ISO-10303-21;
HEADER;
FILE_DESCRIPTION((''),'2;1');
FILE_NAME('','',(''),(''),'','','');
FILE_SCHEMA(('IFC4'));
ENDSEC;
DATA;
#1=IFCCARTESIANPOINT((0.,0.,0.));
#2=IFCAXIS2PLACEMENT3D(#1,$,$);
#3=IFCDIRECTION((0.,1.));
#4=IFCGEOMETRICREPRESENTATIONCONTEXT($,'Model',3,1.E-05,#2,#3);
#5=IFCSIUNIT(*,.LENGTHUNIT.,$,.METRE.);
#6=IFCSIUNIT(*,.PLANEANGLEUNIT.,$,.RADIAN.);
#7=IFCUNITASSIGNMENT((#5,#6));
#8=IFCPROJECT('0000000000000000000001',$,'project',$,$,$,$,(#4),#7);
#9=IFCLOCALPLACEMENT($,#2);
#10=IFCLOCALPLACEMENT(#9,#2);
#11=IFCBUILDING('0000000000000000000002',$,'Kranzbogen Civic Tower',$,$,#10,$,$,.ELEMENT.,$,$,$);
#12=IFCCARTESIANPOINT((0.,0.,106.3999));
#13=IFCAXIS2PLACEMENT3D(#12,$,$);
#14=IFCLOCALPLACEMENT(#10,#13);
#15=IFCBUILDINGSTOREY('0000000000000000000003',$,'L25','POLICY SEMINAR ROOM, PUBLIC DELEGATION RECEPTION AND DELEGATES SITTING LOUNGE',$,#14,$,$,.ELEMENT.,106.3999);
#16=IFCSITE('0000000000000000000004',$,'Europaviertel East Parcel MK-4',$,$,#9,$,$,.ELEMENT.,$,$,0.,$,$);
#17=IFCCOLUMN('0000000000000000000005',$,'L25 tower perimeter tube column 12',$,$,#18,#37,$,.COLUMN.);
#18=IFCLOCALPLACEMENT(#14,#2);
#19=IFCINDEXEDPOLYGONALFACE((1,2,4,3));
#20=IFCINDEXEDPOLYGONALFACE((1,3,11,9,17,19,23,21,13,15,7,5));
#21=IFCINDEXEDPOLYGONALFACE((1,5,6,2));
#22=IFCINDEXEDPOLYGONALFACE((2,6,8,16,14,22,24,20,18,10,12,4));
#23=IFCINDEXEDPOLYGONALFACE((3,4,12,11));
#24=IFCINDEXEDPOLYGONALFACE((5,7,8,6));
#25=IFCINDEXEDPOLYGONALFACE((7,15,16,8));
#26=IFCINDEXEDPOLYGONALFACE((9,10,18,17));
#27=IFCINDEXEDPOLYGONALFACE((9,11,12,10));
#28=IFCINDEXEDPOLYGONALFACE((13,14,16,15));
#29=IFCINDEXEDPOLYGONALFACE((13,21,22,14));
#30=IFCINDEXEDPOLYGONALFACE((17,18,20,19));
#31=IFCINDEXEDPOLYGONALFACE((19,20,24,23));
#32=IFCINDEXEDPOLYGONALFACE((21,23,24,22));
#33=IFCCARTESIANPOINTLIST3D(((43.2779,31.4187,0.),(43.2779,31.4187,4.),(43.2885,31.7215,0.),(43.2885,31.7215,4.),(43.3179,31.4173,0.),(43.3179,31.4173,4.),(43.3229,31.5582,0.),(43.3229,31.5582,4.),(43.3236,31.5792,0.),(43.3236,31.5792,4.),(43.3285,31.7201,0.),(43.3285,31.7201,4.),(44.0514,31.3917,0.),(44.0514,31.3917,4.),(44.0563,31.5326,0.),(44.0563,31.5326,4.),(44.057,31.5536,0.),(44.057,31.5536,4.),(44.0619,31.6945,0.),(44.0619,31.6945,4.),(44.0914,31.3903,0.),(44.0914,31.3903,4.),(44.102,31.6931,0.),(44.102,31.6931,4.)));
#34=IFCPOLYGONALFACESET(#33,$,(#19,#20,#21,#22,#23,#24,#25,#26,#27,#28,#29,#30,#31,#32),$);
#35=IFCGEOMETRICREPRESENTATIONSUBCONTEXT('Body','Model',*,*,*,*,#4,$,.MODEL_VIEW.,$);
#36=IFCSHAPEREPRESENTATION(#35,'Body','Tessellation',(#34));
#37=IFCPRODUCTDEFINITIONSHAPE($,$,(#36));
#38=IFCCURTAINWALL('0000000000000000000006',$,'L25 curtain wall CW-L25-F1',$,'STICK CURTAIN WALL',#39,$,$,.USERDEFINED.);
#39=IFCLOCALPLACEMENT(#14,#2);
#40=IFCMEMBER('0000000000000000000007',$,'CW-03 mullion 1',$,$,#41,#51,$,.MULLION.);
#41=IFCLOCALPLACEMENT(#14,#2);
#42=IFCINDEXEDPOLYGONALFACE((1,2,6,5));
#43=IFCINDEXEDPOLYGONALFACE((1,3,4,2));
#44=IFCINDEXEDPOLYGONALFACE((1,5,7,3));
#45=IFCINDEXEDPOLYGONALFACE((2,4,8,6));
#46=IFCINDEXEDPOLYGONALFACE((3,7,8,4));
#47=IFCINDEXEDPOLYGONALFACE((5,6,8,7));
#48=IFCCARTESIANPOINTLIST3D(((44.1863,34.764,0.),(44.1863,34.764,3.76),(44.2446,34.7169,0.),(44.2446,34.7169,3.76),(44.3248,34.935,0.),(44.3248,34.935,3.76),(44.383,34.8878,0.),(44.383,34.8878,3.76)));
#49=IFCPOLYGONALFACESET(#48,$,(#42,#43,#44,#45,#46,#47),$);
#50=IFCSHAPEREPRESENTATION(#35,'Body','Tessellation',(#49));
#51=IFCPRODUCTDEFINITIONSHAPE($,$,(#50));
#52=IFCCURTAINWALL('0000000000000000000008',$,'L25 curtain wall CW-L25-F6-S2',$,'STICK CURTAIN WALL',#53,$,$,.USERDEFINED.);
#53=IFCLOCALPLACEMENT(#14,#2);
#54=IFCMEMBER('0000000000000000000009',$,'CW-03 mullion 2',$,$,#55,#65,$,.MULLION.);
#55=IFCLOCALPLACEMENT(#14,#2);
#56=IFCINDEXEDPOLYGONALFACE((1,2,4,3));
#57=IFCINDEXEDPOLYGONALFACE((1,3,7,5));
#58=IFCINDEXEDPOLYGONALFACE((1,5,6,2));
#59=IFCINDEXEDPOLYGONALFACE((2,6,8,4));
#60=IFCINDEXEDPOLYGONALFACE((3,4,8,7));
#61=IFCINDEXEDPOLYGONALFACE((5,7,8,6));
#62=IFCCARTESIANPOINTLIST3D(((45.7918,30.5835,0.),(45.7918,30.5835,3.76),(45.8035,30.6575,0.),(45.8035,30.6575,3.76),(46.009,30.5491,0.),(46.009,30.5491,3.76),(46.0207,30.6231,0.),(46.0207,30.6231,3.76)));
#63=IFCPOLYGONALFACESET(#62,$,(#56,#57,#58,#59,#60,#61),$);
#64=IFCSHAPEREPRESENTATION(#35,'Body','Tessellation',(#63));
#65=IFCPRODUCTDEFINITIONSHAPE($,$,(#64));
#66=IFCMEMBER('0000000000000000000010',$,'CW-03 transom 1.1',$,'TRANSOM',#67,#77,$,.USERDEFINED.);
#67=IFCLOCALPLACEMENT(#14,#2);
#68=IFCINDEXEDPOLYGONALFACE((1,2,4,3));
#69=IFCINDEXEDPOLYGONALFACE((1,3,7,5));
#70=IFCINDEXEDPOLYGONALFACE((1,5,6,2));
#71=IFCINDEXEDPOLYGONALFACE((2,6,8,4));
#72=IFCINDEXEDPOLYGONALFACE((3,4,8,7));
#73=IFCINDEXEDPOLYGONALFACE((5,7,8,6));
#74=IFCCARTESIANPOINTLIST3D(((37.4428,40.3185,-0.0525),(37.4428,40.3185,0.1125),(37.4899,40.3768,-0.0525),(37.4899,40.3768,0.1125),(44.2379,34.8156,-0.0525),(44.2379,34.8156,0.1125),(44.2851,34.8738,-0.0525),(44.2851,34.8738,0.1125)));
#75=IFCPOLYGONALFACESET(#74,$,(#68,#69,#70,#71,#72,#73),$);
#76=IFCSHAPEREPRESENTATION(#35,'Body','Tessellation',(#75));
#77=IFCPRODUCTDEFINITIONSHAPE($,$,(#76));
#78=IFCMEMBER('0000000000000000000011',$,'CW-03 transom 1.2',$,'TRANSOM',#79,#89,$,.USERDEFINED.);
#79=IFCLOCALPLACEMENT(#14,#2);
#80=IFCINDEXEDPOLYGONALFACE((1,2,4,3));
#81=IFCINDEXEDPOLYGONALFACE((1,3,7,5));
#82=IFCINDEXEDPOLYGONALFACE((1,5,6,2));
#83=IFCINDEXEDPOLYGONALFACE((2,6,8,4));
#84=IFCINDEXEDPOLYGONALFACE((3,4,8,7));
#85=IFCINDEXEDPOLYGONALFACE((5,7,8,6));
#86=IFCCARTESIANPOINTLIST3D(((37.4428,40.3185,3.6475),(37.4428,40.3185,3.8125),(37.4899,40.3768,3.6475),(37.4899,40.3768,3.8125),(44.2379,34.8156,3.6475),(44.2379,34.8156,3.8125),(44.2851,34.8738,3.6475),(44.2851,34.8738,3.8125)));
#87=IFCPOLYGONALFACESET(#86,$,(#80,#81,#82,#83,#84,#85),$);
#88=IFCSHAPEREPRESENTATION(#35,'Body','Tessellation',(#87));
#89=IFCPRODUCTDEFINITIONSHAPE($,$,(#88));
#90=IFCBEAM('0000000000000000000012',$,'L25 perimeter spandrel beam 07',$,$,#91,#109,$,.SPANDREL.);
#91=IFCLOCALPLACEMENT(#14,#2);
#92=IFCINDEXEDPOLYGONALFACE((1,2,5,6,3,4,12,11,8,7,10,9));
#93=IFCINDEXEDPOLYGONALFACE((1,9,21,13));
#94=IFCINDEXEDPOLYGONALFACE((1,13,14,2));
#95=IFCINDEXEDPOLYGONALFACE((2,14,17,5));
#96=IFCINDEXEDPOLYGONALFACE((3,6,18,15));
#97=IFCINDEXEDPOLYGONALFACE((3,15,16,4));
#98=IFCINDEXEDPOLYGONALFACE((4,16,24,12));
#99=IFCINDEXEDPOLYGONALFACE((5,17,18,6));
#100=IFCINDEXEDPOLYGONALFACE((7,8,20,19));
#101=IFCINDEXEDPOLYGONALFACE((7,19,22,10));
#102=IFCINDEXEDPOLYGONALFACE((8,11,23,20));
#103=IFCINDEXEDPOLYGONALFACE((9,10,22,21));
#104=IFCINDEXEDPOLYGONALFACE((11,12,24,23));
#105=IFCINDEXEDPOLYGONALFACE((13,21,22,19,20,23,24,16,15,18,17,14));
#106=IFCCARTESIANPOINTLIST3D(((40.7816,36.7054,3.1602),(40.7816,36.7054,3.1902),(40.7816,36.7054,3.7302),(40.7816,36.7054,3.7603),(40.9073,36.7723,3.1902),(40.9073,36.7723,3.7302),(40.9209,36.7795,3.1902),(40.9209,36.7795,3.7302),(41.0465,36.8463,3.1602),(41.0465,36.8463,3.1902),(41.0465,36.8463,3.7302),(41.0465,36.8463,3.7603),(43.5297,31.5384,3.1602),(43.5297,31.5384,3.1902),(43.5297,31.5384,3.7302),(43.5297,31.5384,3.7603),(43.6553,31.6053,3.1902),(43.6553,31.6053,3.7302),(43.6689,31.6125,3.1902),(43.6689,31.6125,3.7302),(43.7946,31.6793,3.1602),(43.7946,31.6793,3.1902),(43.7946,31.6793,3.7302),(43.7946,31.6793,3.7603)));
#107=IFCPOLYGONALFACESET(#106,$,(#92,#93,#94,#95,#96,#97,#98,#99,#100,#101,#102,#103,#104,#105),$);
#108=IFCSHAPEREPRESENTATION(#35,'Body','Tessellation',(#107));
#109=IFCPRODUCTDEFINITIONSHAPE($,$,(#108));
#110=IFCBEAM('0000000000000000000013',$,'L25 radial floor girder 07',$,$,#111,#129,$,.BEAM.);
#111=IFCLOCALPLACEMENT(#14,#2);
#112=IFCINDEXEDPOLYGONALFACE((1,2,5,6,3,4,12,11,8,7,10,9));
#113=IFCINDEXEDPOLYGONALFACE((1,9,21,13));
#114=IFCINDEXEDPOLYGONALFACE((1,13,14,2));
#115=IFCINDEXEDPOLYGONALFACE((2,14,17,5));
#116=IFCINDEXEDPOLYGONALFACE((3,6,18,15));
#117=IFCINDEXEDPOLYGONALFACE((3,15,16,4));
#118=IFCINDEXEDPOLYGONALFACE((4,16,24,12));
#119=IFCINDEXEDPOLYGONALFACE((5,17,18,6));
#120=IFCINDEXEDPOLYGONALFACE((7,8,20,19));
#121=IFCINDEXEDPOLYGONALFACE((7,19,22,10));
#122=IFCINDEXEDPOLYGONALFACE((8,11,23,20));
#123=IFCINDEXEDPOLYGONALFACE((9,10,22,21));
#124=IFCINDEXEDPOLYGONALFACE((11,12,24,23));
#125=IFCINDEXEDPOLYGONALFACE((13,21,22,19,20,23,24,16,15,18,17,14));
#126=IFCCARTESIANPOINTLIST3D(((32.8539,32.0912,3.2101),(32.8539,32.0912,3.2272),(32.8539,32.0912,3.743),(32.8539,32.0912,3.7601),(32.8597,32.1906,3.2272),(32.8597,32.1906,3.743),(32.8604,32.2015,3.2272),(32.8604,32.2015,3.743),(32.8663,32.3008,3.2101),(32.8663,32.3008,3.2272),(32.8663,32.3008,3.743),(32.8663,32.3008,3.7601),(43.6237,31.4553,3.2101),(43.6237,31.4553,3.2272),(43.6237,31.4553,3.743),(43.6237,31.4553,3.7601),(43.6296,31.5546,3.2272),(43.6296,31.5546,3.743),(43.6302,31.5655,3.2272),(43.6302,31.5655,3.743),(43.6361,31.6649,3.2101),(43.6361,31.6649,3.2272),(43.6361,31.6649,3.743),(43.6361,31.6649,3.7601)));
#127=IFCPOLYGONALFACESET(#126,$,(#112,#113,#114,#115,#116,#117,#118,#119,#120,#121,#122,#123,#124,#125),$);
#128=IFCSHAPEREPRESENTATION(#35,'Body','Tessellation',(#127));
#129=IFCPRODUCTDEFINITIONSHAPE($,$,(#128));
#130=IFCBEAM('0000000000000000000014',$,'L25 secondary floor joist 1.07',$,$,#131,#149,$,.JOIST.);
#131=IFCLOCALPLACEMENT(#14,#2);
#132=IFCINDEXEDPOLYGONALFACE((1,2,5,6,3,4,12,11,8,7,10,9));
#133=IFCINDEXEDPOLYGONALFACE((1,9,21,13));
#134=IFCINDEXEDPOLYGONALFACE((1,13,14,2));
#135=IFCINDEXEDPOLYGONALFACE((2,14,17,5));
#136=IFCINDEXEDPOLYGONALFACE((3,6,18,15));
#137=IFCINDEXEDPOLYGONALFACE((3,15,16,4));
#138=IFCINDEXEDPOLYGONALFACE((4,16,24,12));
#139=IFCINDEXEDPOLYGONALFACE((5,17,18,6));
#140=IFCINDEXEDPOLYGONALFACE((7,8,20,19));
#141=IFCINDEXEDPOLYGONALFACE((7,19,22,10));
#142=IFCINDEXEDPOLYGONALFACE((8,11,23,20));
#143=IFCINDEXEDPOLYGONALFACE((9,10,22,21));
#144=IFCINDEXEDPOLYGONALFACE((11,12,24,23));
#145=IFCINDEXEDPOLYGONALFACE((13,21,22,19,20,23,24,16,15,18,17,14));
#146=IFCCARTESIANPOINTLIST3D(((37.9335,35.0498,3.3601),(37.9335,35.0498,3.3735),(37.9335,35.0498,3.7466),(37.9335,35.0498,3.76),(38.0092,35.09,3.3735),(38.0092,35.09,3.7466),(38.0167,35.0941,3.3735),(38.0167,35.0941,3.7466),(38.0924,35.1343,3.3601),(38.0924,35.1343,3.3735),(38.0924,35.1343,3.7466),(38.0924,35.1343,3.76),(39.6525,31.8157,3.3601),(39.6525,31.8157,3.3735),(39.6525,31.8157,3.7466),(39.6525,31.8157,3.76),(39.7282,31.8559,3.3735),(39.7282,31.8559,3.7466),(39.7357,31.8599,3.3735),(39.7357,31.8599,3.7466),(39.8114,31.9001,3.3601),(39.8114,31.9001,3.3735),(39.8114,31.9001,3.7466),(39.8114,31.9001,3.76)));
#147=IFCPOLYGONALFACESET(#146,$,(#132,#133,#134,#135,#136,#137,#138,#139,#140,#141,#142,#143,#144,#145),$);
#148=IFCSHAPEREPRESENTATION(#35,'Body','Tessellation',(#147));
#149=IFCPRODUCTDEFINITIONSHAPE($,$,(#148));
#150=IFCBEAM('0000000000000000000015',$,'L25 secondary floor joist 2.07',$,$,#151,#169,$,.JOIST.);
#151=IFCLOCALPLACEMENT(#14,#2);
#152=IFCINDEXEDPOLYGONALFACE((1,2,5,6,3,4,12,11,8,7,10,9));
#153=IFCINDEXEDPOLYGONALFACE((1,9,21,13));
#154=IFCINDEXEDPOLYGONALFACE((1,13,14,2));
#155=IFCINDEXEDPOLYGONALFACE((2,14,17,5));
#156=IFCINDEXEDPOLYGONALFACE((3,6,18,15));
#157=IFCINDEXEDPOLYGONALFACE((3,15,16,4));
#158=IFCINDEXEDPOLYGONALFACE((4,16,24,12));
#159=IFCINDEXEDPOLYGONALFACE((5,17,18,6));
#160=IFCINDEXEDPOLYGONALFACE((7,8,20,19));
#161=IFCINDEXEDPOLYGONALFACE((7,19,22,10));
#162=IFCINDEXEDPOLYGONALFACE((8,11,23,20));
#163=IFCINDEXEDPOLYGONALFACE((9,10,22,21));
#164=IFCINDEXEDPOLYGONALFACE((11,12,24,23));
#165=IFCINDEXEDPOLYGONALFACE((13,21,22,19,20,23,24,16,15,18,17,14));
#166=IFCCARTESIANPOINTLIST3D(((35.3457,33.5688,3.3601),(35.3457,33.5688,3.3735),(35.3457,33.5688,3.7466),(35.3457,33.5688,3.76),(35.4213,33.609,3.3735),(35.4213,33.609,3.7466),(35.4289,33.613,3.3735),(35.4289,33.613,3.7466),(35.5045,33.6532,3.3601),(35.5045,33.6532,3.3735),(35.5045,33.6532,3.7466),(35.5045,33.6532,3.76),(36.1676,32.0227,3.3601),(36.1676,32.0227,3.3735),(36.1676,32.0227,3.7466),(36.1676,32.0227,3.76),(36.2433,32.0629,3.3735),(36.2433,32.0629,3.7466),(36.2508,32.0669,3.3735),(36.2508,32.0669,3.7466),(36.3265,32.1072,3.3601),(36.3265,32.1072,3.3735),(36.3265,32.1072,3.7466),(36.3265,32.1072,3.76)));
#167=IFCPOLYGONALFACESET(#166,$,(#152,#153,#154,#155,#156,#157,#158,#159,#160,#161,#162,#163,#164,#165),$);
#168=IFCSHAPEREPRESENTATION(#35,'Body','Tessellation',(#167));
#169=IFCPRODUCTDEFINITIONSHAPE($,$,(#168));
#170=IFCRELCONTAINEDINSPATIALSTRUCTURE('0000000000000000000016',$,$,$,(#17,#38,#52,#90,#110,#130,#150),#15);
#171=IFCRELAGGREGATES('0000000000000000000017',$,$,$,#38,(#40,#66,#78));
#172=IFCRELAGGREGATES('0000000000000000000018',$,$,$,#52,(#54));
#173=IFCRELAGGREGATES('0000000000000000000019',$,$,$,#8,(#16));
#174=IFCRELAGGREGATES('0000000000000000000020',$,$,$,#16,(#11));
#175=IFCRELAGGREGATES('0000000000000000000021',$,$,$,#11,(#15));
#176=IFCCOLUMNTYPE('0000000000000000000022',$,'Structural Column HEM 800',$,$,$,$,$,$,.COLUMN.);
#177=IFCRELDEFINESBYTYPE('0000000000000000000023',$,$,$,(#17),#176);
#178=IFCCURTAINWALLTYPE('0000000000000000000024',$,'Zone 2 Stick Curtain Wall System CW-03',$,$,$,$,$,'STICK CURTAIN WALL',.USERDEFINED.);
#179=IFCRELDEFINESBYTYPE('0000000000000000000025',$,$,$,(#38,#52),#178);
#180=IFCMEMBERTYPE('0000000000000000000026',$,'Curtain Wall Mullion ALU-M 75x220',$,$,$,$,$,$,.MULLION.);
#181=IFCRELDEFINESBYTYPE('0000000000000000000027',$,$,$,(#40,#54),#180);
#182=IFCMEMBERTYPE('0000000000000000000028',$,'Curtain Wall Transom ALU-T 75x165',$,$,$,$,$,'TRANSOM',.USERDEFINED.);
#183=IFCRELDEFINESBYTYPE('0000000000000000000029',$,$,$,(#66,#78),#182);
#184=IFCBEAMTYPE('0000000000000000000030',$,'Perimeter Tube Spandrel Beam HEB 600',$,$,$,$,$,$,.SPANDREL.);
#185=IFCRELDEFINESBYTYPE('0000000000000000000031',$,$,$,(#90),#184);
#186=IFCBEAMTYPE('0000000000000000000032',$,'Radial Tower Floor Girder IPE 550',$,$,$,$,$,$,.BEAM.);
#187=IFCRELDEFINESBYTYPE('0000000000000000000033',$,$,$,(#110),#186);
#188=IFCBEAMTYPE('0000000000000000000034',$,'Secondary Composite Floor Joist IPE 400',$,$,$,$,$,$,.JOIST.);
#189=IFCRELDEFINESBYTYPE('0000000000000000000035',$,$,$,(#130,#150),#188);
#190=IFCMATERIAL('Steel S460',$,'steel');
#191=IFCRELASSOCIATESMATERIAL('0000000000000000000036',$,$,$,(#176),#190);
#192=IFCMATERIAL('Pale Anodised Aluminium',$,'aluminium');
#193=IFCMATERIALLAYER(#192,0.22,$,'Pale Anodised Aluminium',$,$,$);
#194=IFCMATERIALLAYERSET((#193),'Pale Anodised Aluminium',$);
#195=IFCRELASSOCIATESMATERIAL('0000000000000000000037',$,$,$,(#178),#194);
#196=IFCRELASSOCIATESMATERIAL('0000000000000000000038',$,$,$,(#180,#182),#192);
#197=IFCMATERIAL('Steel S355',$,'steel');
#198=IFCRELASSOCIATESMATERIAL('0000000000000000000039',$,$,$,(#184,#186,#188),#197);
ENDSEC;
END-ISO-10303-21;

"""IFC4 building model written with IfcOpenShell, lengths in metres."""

from ifc_helpers import new_model, si_unit, direction, frame, origin, origin_2d, place, context, subcontext, project, spatial, rectangle, i_section, extrude, material, layer, layer_set, material_profile, profile_set, type_object, element, aggregate, save


model = new_model("IFC4")

# Units and contexts
model_context = context("Model", 3, precision=1e-05, world=origin(), true_north=direction((0.0, 1.0)))
body_context = subcontext(model_context, "Body", "Model", "MODEL_VIEW")
ifc_project = project(units=[si_unit("LENGTHUNIT", "METRE"), si_unit("PLANEANGLEUNIT", "RADIAN")], contexts=[model_context])

# Site, building, storey
site_placement = place(None, origin())
site = spatial("IfcSite", under=ifc_project, at=site_placement, Name="Europaviertel East Parcel MK-4", CompositionType="ELEMENT", RefElevation=0.0)
building_placement = place(site_placement, origin())
building = spatial("IfcBuilding", under=site, at=building_placement, Name="Kranzbogen Civic Tower", CompositionType="ELEMENT")
storey_placement = place(building_placement, frame((0.0, 0.0, 106.3999)))
storey = spatial("IfcBuildingStorey", under=building, at=storey_placement, Name="L25", Description="POLICY SEMINAR ROOM, PUBLIC DELEGATION RECEPTION AND DELEGATES SITTING LOUNGE", CompositionType="ELEMENT", Elevation=106.3999)

# Column
ifc_material_1 = material(Name="Steel S460", Category="steel")
ifc_material_profile_1 = material_profile(ifc_material_1, i_section(OverallWidth=0.303, OverallDepth=0.814, WebThickness=0.021, FlangeThickness=0.04, at=origin_2d()), Name="HEM 800")
ifc_profile_set_1 = profile_set([ifc_material_profile_1], Name="Steel S460")
column_type = type_object("IfcColumnType", Name="Structural Column HEM 800", PredefinedType="COLUMN", material=ifc_profile_set_1)
column_placement = place(storey_placement, frame((43.6899, 31.5559, 0.0), z_axis=(0.0, 0.0, 1.0), x_axis=(0.034899, 0.999391, 0.0)))
element("IfcColumn", 1, at=column_placement, inside=storey, type_object=column_type, Name="L25 tower perimeter tube column 12", PredefinedType="COLUMN", context=body_context, shape_type="SweptSolid", body=[
    extrude(i_section(OverallWidth=0.303, OverallDepth=0.814, WebThickness=0.021, FlangeThickness=0.04, at=origin_2d()), origin(), (0.0, 0.0, 1.0), 4.0),
])

# Curtain walls, members
ifc_material_2 = material(Name="Pale Anodised Aluminium", Category="aluminium")
ifc_layer_1 = layer(ifc_material_2, 0.22, Name="Pale Anodised Aluminium")
ifc_layer_set_1 = layer_set([ifc_layer_1], Name="Pale Anodised Aluminium")
curtain_wall_type = type_object("IfcCurtainWallType", Name="Zone 2 Stick Curtain Wall System CW-03", ElementType="STICK CURTAIN WALL", PredefinedType="USERDEFINED", material=ifc_layer_set_1)
curtain_wall_1_placement = place(storey_placement, origin())
curtain_wall_1 = element("IfcCurtainWall", 2, at=curtain_wall_1_placement, inside=storey, type_object=curtain_wall_type, Name="L25 curtain wall CW-L25-F1", ObjectType="STICK CURTAIN WALL", PredefinedType="USERDEFINED")
ifc_material_profile_2 = material_profile(ifc_material_2, rectangle(XDim=0.075, YDim=0.22, at=origin_2d()), Name="ALU-M 75x220")
ifc_profile_set_2 = profile_set([ifc_material_profile_2], Name="Pale Anodised Aluminium")
member_type_1 = type_object("IfcMemberType", Name="Curtain Wall Mullion ALU-M 75x220", PredefinedType="MULLION", material=ifc_profile_set_2)
member_1_placement = place(storey_placement, frame((44.2847, 34.8259, 0.0), z_axis=(0.0, 0.0, 1.0), x_axis=(-0.777128, 0.629343, 0.0)))
member_1 = element("IfcMember", 3, at=member_1_placement, type_object=member_type_1, Name="CW-03 mullion 1", PredefinedType="MULLION", context=body_context, shape_type="SweptSolid", body=[
    extrude(rectangle(XDim=0.075, YDim=0.22, at=origin_2d()), origin(), (0.0, 0.0, 1.0), 3.76),
])
curtain_wall_2_placement = place(storey_placement, origin())
curtain_wall_2 = element("IfcCurtainWall", 4, at=curtain_wall_2_placement, inside=storey, type_object=curtain_wall_type, Name="L25 curtain wall CW-L25-F6-S2", ObjectType="STICK CURTAIN WALL", PredefinedType="USERDEFINED")
member_2_placement = place(storey_placement, frame((45.9062, 30.6033, 0.0), z_axis=(0.0, 0.0, 1.0), x_axis=(0.156386, 0.987696, 0.0)))
member_2 = element("IfcMember", 5, at=member_2_placement, type_object=member_type_1, Name="CW-03 mullion 2", PredefinedType="MULLION", context=body_context, shape_type="SweptSolid", body=[
    extrude(rectangle(XDim=0.075, YDim=0.22, at=origin_2d()), origin(), (0.0, 0.0, 1.0), 3.76),
])

# Members
ifc_material_profile_3 = material_profile(ifc_material_2, rectangle(XDim=0.075, YDim=0.165, at=origin_2d()), Name="ALU-T 75x165")
ifc_profile_set_3 = profile_set([ifc_material_profile_3], Name="Pale Anodised Aluminium")
member_type_2 = type_object("IfcMemberType", Name="Curtain Wall Transom ALU-T 75x165", ElementType="TRANSOM", PredefinedType="USERDEFINED", material=ifc_profile_set_3)
member_3_placement = place(storey_placement, frame((44.2615, 34.8447, 0.03), z_axis=(-0.777128, 0.629342, 0.0), x_axis=(-0.629342, -0.777128, 0.0)))
member_3 = element("IfcMember", 6, at=member_3_placement, type_object=member_type_2, Name="CW-03 transom 1.1", ObjectType="TRANSOM", PredefinedType="USERDEFINED", context=body_context, shape_type="SweptSolid", body=[
    extrude(rectangle(XDim=0.075, YDim=0.165, at=origin_2d()), origin(), (0.0, 0.0, 1.0), 8.7439),
])
member_4_placement = place(storey_placement, frame((44.2615, 34.8447, 3.73), z_axis=(-0.777128, 0.629342, 0.0), x_axis=(-0.629342, -0.777128, 0.0)))
member_4 = element("IfcMember", 7, at=member_4_placement, type_object=member_type_2, Name="CW-03 transom 1.2", ObjectType="TRANSOM", PredefinedType="USERDEFINED", context=body_context, shape_type="SweptSolid", body=[
    extrude(rectangle(XDim=0.075, YDim=0.165, at=origin_2d()), origin(), (0.0, 0.0, 1.0), 8.7439),
])
aggregate(curtain_wall_1, [member_1, member_3, member_4])

# Beams
ifc_material_3 = material(Name="Steel S355", Category="steel")
ifc_material_profile_4 = material_profile(ifc_material_3, i_section(OverallWidth=0.3, OverallDepth=0.6001, WebThickness=0.0154, FlangeThickness=0.03, at=origin_2d()), Name="HEB 600")
ifc_profile_set_4 = profile_set([ifc_material_profile_4], Name="Steel S355")
beam_type_1 = type_object("IfcBeamType", Name="Perimeter Tube Spandrel Beam HEB 600", PredefinedType="SPANDREL", material=ifc_profile_set_4)
beam_1_placement = place(storey_placement, frame((43.6621, 31.6089, 3.4602), z_axis=(-0.469566, 0.882897, 0.0), x_axis=(-0.882897, -0.469566, 0.0)))
element("IfcBeam", 8, at=beam_1_placement, inside=storey, type_object=beam_type_1, Name="L25 perimeter spandrel beam 07", PredefinedType="SPANDREL", context=body_context, shape_type="SweptSolid", body=[
    extrude(i_section(OverallWidth=0.3, OverallDepth=0.6001, WebThickness=0.0154, FlangeThickness=0.03, at=origin_2d()), origin(), (0.0, 0.0, 1.0), 5.8523),
])
ifc_material_profile_5 = material_profile(ifc_material_3, i_section(OverallWidth=0.21, OverallDepth=0.55, WebThickness=0.011, FlangeThickness=0.0171, at=origin_2d()), Name="IPE 550")
ifc_profile_set_5 = profile_set([ifc_material_profile_5], Name="Steel S355")
beam_type_2 = type_object("IfcBeamType", Name="Radial Tower Floor Girder IPE 550", PredefinedType="BEAM", material=ifc_profile_set_5)
beam_2_placement = place(storey_placement, frame((43.6299, 31.5601, 3.4851), z_axis=(-0.998261, 0.05895, 0.0), x_axis=(-0.05895, -0.998261, 0.0)))
element("IfcBeam", 9, at=beam_2_placement, inside=storey, type_object=beam_type_2, Name="L25 radial floor girder 07", PredefinedType="BEAM", context=body_context, shape_type="SweptSolid", body=[
    extrude(i_section(OverallWidth=0.21, OverallDepth=0.55, WebThickness=0.011, FlangeThickness=0.0171, at=origin_2d()), origin(), (0.0, 0.0, 1.0), 10.7886),
])
ifc_material_profile_6 = material_profile(ifc_material_3, i_section(OverallWidth=0.1799, OverallDepth=0.3999, WebThickness=0.0085, FlangeThickness=0.0134, at=origin_2d()), Name="IPE 400")
ifc_profile_set_6 = profile_set([ifc_material_profile_6], Name="Steel S355")
beam_type_3 = type_object("IfcBeamType", Name="Secondary Composite Floor Joist IPE 400", PredefinedType="JOIST", material=ifc_profile_set_6)
beam_3_placement = place(storey_placement, frame((39.7319, 31.8579, 3.5601), z_axis=(-0.469339, 0.883018, 0.0), x_axis=(-0.883018, -0.469339, 0.0)))
element("IfcBeam", 10, at=beam_3_placement, inside=storey, type_object=beam_type_3, Name="L25 secondary floor joist 1.07", PredefinedType="JOIST", context=body_context, shape_type="SweptSolid", body=[
    extrude(i_section(OverallWidth=0.1799, OverallDepth=0.3999, WebThickness=0.0085, FlangeThickness=0.0134, at=origin_2d()), origin(), (0.0, 0.0, 1.0), 3.6626),
])
beam_4_placement = place(storey_placement, frame((36.2471, 32.0649, 3.5601), z_axis=(-0.469437, 0.882966, 0.0), x_axis=(-0.882966, -0.469437, 0.0)))
element("IfcBeam", 11, at=beam_4_placement, inside=storey, type_object=beam_type_3, Name="L25 secondary floor joist 2.07", PredefinedType="JOIST", context=body_context, shape_type="SweptSolid", body=[
    extrude(i_section(OverallWidth=0.1799, OverallDepth=0.3999, WebThickness=0.0085, FlangeThickness=0.0134, at=origin_2d()), origin(), (0.0, 0.0, 1.0), 1.751),
])

aggregate(curtain_wall_2, [member_2])

save(model, "model.ifc")
